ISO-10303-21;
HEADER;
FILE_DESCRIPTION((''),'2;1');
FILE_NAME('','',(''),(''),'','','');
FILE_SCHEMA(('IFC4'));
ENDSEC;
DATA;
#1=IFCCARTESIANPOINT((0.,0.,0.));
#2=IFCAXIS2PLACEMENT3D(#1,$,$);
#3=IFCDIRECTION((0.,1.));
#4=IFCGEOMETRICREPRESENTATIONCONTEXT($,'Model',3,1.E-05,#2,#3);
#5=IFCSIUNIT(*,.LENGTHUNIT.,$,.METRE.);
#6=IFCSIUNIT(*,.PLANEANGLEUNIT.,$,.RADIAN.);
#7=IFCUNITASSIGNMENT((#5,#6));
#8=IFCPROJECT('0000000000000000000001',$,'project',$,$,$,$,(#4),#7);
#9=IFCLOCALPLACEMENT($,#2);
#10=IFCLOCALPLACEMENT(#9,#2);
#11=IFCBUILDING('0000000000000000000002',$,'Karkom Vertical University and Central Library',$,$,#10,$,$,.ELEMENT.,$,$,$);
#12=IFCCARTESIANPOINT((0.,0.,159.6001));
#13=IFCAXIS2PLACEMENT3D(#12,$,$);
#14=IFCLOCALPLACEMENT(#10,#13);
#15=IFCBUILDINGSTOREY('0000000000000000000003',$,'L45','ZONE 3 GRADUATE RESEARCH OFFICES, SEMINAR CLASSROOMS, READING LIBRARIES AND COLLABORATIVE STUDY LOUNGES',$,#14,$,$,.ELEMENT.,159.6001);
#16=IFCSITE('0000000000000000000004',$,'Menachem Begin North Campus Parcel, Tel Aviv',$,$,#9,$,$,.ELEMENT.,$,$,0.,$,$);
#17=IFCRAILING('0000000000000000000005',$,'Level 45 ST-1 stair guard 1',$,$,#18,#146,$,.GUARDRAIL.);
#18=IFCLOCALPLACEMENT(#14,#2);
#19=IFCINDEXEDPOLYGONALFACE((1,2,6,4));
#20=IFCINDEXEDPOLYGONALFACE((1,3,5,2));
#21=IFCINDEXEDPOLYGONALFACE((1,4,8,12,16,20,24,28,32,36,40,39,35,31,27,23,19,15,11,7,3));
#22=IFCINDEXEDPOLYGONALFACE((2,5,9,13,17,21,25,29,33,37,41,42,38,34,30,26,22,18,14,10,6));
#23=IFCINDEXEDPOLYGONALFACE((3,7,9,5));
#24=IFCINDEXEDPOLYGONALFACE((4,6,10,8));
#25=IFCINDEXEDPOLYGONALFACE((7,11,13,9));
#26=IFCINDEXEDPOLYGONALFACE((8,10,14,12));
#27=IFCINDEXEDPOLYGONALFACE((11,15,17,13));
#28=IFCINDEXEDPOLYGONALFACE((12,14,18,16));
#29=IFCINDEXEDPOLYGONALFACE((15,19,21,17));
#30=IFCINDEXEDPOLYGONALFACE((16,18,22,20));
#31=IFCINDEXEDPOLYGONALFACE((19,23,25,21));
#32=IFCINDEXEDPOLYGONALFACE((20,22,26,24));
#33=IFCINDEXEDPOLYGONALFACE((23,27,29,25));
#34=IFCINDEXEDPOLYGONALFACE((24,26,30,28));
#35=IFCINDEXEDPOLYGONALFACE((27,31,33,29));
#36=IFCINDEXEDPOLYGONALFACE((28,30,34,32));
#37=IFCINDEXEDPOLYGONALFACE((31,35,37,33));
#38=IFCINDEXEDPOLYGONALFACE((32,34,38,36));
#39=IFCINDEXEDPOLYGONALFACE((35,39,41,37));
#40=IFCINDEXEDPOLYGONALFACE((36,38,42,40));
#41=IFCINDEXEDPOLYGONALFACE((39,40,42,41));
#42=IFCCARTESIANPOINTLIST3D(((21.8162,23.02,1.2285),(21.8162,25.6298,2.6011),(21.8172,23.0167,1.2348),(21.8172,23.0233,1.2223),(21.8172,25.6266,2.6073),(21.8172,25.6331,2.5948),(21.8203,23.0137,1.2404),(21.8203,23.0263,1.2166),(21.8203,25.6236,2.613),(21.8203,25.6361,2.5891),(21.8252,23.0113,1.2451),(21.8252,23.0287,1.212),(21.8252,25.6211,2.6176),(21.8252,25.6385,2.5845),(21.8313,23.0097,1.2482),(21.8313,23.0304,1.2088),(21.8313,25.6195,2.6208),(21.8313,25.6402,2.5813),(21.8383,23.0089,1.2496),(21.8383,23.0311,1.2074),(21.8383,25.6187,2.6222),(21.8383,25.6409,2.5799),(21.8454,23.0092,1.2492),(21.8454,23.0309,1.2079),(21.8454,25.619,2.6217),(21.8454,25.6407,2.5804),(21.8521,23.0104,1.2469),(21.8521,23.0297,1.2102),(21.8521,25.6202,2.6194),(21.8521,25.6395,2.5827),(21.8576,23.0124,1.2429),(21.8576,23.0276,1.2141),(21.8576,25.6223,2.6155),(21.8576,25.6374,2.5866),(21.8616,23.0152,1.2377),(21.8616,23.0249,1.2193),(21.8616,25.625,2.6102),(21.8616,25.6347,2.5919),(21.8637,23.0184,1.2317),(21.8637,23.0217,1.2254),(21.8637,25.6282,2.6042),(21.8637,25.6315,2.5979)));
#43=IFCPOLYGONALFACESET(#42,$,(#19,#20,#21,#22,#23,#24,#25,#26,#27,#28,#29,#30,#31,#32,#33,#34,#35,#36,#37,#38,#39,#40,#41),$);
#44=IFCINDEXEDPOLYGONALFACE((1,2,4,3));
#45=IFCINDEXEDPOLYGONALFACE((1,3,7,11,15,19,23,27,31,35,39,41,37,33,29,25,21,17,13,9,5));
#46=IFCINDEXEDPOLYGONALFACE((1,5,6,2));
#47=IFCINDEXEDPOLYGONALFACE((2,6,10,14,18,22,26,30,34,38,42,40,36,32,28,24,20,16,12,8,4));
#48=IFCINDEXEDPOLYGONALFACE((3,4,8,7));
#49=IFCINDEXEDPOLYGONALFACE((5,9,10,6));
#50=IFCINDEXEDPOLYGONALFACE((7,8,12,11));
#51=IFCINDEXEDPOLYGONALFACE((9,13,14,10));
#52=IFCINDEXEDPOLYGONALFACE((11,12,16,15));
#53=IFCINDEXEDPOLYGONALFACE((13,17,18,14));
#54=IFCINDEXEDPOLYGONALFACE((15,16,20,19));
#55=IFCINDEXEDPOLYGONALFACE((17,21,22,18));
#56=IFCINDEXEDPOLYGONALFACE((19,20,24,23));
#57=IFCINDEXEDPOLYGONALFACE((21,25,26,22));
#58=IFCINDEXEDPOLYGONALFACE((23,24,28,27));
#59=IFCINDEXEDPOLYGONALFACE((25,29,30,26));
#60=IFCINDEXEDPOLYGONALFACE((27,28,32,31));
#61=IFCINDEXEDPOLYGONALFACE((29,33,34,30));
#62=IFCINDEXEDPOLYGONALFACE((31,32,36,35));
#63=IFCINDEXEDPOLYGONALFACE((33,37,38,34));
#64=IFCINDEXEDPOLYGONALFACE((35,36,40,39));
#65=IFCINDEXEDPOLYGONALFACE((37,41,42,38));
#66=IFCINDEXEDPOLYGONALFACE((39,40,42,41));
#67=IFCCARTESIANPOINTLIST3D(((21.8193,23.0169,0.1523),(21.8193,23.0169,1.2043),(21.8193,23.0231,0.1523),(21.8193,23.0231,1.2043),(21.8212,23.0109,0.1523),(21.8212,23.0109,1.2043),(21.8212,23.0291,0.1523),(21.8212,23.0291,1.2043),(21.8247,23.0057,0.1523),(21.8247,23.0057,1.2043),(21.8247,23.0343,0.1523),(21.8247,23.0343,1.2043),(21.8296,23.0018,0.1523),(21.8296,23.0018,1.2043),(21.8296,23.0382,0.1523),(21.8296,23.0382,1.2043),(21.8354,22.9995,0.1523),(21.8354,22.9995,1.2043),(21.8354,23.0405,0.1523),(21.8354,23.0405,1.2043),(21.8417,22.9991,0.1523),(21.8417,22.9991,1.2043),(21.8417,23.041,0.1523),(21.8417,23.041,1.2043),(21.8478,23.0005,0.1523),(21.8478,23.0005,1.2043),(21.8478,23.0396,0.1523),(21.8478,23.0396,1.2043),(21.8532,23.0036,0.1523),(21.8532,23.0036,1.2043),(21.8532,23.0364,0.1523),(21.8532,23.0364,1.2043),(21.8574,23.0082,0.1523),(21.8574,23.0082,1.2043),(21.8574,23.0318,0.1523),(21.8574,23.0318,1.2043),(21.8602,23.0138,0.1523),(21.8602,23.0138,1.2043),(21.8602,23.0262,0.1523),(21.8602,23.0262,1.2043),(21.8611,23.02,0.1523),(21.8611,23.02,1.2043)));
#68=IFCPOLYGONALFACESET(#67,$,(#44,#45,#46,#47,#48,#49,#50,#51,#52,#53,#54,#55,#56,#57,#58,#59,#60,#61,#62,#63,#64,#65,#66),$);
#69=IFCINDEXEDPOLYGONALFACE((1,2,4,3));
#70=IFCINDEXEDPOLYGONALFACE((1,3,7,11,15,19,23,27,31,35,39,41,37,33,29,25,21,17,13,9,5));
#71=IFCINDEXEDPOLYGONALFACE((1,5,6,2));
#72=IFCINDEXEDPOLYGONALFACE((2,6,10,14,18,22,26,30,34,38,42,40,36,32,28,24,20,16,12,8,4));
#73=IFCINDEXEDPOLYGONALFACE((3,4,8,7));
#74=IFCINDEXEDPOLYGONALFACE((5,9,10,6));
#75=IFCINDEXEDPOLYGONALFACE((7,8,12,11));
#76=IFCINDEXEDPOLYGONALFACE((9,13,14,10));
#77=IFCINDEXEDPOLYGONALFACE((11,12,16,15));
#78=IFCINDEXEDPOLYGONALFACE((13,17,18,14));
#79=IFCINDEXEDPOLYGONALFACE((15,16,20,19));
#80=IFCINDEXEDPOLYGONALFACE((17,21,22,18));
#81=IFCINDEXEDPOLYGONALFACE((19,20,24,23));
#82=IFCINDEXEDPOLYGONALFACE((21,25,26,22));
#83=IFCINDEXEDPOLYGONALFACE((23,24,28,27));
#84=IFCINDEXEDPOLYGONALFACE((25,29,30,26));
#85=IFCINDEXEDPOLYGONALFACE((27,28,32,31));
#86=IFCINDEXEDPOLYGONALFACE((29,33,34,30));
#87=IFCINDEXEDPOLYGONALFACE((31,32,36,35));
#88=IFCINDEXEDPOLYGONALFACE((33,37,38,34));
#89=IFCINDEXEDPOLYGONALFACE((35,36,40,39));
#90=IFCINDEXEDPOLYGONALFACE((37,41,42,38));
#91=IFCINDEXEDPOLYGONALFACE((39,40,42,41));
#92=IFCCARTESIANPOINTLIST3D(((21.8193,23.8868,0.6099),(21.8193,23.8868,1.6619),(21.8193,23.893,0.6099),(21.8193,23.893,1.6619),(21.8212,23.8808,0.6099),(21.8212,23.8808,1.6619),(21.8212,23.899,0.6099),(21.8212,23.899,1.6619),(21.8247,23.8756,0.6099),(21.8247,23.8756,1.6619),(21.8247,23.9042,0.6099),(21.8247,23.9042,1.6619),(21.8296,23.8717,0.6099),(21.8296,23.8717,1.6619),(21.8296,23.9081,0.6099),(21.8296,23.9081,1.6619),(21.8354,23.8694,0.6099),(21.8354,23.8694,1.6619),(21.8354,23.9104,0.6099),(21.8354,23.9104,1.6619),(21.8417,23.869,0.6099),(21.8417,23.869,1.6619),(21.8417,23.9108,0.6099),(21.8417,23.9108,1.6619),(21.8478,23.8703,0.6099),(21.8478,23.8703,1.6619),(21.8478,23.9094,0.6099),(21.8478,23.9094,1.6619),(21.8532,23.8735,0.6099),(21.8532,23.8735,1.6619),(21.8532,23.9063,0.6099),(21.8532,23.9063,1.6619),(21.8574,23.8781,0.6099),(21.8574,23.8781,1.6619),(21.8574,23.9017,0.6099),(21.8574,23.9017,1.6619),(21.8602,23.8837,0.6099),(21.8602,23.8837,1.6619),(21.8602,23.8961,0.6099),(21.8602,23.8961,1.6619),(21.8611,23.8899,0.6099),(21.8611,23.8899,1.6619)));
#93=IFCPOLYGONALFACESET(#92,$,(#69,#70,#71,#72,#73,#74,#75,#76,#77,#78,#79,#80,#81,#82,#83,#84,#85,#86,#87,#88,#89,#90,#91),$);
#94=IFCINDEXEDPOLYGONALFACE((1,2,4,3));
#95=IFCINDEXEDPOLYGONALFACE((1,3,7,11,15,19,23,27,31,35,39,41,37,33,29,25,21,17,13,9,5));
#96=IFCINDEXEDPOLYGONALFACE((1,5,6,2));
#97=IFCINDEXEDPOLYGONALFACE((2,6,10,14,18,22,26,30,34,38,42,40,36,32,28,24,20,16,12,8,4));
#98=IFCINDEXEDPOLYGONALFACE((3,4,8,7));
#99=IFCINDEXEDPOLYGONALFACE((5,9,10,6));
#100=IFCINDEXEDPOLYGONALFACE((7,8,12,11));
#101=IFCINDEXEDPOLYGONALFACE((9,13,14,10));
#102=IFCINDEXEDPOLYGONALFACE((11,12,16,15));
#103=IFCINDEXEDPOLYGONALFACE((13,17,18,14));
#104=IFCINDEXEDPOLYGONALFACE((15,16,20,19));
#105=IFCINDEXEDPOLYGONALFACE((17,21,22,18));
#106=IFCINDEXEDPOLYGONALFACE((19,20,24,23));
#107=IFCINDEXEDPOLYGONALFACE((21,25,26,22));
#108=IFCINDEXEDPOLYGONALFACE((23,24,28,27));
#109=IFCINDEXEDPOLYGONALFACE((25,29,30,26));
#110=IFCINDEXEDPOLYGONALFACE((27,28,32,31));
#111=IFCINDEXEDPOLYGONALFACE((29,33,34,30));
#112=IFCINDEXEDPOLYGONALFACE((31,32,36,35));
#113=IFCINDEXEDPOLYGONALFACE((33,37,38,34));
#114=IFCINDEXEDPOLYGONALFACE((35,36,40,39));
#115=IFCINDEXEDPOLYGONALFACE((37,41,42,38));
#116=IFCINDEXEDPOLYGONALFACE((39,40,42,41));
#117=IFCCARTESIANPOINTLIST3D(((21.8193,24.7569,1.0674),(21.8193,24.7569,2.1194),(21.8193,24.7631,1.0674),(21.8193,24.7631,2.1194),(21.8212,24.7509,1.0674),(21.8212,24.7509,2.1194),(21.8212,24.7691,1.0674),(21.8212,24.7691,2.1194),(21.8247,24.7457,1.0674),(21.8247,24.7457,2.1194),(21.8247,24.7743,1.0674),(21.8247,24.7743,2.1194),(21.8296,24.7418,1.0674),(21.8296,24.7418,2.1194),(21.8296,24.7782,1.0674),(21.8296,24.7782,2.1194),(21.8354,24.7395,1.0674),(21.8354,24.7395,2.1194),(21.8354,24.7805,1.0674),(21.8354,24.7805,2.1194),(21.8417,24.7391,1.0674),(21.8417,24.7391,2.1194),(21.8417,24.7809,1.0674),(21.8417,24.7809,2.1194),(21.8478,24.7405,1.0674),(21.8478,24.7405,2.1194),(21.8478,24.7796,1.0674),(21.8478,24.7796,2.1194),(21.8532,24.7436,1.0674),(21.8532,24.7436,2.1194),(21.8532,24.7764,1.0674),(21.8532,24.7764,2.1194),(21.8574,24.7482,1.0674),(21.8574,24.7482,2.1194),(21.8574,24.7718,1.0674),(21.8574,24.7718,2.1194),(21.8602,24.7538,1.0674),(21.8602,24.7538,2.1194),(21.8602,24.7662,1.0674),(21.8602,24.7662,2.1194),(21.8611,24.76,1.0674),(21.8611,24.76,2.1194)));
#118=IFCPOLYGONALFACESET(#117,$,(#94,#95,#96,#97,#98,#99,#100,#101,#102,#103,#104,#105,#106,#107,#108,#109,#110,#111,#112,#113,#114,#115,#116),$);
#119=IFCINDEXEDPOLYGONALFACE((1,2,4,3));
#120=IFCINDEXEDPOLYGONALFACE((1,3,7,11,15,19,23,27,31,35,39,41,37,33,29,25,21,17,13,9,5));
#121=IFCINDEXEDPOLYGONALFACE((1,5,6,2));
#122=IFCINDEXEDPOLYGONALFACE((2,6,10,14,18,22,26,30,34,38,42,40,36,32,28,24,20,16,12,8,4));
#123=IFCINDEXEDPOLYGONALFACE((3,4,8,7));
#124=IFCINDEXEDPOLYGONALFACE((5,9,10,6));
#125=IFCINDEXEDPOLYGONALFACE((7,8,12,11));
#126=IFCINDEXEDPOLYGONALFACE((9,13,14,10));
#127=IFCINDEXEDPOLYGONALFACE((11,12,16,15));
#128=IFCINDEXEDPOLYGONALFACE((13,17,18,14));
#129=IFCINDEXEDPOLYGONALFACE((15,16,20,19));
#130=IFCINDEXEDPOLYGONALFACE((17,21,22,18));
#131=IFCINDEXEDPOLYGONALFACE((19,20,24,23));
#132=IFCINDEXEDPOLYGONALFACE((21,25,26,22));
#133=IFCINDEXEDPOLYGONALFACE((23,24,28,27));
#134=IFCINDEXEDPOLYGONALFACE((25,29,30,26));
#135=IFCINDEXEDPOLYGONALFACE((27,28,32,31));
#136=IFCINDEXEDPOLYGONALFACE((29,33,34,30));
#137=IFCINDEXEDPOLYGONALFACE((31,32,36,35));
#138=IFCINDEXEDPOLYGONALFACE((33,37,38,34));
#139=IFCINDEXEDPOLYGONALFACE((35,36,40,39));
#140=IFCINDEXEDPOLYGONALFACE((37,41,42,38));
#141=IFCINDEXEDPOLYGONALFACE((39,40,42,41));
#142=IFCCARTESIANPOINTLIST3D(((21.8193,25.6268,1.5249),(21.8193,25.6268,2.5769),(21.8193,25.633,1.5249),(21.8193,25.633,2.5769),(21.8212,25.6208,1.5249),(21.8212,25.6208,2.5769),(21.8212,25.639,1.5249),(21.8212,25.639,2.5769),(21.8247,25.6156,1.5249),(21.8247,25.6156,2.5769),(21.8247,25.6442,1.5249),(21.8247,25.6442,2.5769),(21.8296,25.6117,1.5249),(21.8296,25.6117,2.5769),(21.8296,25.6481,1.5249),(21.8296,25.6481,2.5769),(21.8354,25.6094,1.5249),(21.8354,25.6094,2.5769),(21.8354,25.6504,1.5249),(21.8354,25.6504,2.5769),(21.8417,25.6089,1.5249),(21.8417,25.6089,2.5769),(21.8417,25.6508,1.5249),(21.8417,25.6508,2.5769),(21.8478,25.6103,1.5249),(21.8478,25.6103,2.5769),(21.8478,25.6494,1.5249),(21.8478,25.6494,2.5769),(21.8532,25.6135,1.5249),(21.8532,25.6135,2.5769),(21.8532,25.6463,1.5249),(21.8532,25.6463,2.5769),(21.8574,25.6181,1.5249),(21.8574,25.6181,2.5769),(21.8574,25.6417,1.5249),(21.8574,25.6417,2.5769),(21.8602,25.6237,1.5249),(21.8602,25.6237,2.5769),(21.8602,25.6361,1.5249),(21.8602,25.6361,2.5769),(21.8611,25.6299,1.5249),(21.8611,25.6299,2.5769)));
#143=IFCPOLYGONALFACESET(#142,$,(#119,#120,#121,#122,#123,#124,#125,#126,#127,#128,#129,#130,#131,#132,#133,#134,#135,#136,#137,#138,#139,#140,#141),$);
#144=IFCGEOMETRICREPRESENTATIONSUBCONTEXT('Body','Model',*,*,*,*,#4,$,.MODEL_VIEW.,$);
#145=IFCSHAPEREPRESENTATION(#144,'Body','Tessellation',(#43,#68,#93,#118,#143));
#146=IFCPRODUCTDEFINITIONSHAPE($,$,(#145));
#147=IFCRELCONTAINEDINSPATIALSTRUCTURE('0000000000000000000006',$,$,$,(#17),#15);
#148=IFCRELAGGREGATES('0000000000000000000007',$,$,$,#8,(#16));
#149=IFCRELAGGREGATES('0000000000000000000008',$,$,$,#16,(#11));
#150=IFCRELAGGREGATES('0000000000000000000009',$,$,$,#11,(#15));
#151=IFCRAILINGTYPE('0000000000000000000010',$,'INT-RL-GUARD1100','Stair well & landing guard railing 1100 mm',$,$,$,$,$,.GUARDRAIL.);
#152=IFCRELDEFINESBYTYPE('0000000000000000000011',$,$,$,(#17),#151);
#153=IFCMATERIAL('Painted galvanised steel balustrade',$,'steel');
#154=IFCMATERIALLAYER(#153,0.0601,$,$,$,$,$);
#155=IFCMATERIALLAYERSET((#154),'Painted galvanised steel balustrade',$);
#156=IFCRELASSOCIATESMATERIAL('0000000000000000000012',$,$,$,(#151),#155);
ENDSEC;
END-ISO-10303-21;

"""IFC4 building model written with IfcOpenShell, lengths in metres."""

from ifc_helpers import new_model, si_unit, direction, frame, origin, origin_2d, place, context, subcontext, project, spatial, circle, extrude, material, layer, layer_set, type_object, element, save


model = new_model("IFC4")

# Units and contexts
model_context = context("Model", 3, precision=1e-05, world=origin(), true_north=direction((0.0, 1.0)))
body_context = subcontext(model_context, "Body", "Model", "MODEL_VIEW")
ifc_project = project(units=[si_unit("LENGTHUNIT", "METRE"), si_unit("PLANEANGLEUNIT", "RADIAN")], contexts=[model_context])

# Site, building, storey
site_placement = place(None, origin())
site = spatial("IfcSite", under=ifc_project, at=site_placement, Name="Menachem Begin North Campus Parcel, Tel Aviv", CompositionType="ELEMENT", RefElevation=0.0)
building_placement = place(site_placement, origin())
building = spatial("IfcBuilding", under=site, at=building_placement, Name="Karkom Vertical University and Central Library", CompositionType="ELEMENT")
storey_placement = place(building_placement, frame((0.0, 0.0, 159.6001)))
storey = spatial("IfcBuildingStorey", under=building, at=storey_placement, Name="L45", Description="ZONE 3 GRADUATE RESEARCH OFFICES, SEMINAR CLASSROOMS, READING LIBRARIES AND COLLABORATIVE STUDY LOUNGES", CompositionType="ELEMENT", Elevation=159.6001)

# Railing
ifc_material_1 = material(Name="Painted galvanised steel balustrade", Category="steel")
ifc_layer_1 = layer(ifc_material_1, 0.0601)
ifc_layer_set_1 = layer_set([ifc_layer_1], Name="Painted galvanised steel balustrade")
railing_type_1 = type_object("IfcRailingType", Name="INT-RL-GUARD1100", Description="Stair well & landing guard railing 1100 mm", PredefinedType="GUARDRAIL", material=ifc_layer_set_1)
railing_1_placement = place(storey_placement, frame((21.8401, 23.02, 0.1523)))
element("IfcRailing", 1, at=railing_1_placement, inside=storey, type_object=railing_type_1, Name="Level 45 ST-1 stair guard 1", PredefinedType="GUARDRAIL", context=body_context, shape_type="SweptSolid", body=[
    extrude(circle(Radius=0.0239, at=origin_2d()), frame((0.0, 0.0, 1.0762), z_axis=(0.0, 0.885065, 0.465467), x_axis=(-1.0, 0.0, 0.0)), (0.0, 0.0, 1.0), 2.9487),
    extrude(circle(Radius=0.021, at=origin_2d()), origin(), (0.0, 0.0, 1.0), 1.052),
    extrude(circle(Radius=0.021, at=origin_2d()), frame((0.0, 0.8699, 0.4575)), (0.0, 0.0, 1.0), 1.052),
    extrude(circle(Radius=0.021, at=origin_2d()), frame((0.0, 1.74, 0.915)), (0.0, 0.0, 1.0), 1.052),
    extrude(circle(Radius=0.021, at=origin_2d()), frame((0.0, 2.6099, 1.3726)), (0.0, 0.0, 1.0), 1.052),
])

save(model, "model.ifc")
